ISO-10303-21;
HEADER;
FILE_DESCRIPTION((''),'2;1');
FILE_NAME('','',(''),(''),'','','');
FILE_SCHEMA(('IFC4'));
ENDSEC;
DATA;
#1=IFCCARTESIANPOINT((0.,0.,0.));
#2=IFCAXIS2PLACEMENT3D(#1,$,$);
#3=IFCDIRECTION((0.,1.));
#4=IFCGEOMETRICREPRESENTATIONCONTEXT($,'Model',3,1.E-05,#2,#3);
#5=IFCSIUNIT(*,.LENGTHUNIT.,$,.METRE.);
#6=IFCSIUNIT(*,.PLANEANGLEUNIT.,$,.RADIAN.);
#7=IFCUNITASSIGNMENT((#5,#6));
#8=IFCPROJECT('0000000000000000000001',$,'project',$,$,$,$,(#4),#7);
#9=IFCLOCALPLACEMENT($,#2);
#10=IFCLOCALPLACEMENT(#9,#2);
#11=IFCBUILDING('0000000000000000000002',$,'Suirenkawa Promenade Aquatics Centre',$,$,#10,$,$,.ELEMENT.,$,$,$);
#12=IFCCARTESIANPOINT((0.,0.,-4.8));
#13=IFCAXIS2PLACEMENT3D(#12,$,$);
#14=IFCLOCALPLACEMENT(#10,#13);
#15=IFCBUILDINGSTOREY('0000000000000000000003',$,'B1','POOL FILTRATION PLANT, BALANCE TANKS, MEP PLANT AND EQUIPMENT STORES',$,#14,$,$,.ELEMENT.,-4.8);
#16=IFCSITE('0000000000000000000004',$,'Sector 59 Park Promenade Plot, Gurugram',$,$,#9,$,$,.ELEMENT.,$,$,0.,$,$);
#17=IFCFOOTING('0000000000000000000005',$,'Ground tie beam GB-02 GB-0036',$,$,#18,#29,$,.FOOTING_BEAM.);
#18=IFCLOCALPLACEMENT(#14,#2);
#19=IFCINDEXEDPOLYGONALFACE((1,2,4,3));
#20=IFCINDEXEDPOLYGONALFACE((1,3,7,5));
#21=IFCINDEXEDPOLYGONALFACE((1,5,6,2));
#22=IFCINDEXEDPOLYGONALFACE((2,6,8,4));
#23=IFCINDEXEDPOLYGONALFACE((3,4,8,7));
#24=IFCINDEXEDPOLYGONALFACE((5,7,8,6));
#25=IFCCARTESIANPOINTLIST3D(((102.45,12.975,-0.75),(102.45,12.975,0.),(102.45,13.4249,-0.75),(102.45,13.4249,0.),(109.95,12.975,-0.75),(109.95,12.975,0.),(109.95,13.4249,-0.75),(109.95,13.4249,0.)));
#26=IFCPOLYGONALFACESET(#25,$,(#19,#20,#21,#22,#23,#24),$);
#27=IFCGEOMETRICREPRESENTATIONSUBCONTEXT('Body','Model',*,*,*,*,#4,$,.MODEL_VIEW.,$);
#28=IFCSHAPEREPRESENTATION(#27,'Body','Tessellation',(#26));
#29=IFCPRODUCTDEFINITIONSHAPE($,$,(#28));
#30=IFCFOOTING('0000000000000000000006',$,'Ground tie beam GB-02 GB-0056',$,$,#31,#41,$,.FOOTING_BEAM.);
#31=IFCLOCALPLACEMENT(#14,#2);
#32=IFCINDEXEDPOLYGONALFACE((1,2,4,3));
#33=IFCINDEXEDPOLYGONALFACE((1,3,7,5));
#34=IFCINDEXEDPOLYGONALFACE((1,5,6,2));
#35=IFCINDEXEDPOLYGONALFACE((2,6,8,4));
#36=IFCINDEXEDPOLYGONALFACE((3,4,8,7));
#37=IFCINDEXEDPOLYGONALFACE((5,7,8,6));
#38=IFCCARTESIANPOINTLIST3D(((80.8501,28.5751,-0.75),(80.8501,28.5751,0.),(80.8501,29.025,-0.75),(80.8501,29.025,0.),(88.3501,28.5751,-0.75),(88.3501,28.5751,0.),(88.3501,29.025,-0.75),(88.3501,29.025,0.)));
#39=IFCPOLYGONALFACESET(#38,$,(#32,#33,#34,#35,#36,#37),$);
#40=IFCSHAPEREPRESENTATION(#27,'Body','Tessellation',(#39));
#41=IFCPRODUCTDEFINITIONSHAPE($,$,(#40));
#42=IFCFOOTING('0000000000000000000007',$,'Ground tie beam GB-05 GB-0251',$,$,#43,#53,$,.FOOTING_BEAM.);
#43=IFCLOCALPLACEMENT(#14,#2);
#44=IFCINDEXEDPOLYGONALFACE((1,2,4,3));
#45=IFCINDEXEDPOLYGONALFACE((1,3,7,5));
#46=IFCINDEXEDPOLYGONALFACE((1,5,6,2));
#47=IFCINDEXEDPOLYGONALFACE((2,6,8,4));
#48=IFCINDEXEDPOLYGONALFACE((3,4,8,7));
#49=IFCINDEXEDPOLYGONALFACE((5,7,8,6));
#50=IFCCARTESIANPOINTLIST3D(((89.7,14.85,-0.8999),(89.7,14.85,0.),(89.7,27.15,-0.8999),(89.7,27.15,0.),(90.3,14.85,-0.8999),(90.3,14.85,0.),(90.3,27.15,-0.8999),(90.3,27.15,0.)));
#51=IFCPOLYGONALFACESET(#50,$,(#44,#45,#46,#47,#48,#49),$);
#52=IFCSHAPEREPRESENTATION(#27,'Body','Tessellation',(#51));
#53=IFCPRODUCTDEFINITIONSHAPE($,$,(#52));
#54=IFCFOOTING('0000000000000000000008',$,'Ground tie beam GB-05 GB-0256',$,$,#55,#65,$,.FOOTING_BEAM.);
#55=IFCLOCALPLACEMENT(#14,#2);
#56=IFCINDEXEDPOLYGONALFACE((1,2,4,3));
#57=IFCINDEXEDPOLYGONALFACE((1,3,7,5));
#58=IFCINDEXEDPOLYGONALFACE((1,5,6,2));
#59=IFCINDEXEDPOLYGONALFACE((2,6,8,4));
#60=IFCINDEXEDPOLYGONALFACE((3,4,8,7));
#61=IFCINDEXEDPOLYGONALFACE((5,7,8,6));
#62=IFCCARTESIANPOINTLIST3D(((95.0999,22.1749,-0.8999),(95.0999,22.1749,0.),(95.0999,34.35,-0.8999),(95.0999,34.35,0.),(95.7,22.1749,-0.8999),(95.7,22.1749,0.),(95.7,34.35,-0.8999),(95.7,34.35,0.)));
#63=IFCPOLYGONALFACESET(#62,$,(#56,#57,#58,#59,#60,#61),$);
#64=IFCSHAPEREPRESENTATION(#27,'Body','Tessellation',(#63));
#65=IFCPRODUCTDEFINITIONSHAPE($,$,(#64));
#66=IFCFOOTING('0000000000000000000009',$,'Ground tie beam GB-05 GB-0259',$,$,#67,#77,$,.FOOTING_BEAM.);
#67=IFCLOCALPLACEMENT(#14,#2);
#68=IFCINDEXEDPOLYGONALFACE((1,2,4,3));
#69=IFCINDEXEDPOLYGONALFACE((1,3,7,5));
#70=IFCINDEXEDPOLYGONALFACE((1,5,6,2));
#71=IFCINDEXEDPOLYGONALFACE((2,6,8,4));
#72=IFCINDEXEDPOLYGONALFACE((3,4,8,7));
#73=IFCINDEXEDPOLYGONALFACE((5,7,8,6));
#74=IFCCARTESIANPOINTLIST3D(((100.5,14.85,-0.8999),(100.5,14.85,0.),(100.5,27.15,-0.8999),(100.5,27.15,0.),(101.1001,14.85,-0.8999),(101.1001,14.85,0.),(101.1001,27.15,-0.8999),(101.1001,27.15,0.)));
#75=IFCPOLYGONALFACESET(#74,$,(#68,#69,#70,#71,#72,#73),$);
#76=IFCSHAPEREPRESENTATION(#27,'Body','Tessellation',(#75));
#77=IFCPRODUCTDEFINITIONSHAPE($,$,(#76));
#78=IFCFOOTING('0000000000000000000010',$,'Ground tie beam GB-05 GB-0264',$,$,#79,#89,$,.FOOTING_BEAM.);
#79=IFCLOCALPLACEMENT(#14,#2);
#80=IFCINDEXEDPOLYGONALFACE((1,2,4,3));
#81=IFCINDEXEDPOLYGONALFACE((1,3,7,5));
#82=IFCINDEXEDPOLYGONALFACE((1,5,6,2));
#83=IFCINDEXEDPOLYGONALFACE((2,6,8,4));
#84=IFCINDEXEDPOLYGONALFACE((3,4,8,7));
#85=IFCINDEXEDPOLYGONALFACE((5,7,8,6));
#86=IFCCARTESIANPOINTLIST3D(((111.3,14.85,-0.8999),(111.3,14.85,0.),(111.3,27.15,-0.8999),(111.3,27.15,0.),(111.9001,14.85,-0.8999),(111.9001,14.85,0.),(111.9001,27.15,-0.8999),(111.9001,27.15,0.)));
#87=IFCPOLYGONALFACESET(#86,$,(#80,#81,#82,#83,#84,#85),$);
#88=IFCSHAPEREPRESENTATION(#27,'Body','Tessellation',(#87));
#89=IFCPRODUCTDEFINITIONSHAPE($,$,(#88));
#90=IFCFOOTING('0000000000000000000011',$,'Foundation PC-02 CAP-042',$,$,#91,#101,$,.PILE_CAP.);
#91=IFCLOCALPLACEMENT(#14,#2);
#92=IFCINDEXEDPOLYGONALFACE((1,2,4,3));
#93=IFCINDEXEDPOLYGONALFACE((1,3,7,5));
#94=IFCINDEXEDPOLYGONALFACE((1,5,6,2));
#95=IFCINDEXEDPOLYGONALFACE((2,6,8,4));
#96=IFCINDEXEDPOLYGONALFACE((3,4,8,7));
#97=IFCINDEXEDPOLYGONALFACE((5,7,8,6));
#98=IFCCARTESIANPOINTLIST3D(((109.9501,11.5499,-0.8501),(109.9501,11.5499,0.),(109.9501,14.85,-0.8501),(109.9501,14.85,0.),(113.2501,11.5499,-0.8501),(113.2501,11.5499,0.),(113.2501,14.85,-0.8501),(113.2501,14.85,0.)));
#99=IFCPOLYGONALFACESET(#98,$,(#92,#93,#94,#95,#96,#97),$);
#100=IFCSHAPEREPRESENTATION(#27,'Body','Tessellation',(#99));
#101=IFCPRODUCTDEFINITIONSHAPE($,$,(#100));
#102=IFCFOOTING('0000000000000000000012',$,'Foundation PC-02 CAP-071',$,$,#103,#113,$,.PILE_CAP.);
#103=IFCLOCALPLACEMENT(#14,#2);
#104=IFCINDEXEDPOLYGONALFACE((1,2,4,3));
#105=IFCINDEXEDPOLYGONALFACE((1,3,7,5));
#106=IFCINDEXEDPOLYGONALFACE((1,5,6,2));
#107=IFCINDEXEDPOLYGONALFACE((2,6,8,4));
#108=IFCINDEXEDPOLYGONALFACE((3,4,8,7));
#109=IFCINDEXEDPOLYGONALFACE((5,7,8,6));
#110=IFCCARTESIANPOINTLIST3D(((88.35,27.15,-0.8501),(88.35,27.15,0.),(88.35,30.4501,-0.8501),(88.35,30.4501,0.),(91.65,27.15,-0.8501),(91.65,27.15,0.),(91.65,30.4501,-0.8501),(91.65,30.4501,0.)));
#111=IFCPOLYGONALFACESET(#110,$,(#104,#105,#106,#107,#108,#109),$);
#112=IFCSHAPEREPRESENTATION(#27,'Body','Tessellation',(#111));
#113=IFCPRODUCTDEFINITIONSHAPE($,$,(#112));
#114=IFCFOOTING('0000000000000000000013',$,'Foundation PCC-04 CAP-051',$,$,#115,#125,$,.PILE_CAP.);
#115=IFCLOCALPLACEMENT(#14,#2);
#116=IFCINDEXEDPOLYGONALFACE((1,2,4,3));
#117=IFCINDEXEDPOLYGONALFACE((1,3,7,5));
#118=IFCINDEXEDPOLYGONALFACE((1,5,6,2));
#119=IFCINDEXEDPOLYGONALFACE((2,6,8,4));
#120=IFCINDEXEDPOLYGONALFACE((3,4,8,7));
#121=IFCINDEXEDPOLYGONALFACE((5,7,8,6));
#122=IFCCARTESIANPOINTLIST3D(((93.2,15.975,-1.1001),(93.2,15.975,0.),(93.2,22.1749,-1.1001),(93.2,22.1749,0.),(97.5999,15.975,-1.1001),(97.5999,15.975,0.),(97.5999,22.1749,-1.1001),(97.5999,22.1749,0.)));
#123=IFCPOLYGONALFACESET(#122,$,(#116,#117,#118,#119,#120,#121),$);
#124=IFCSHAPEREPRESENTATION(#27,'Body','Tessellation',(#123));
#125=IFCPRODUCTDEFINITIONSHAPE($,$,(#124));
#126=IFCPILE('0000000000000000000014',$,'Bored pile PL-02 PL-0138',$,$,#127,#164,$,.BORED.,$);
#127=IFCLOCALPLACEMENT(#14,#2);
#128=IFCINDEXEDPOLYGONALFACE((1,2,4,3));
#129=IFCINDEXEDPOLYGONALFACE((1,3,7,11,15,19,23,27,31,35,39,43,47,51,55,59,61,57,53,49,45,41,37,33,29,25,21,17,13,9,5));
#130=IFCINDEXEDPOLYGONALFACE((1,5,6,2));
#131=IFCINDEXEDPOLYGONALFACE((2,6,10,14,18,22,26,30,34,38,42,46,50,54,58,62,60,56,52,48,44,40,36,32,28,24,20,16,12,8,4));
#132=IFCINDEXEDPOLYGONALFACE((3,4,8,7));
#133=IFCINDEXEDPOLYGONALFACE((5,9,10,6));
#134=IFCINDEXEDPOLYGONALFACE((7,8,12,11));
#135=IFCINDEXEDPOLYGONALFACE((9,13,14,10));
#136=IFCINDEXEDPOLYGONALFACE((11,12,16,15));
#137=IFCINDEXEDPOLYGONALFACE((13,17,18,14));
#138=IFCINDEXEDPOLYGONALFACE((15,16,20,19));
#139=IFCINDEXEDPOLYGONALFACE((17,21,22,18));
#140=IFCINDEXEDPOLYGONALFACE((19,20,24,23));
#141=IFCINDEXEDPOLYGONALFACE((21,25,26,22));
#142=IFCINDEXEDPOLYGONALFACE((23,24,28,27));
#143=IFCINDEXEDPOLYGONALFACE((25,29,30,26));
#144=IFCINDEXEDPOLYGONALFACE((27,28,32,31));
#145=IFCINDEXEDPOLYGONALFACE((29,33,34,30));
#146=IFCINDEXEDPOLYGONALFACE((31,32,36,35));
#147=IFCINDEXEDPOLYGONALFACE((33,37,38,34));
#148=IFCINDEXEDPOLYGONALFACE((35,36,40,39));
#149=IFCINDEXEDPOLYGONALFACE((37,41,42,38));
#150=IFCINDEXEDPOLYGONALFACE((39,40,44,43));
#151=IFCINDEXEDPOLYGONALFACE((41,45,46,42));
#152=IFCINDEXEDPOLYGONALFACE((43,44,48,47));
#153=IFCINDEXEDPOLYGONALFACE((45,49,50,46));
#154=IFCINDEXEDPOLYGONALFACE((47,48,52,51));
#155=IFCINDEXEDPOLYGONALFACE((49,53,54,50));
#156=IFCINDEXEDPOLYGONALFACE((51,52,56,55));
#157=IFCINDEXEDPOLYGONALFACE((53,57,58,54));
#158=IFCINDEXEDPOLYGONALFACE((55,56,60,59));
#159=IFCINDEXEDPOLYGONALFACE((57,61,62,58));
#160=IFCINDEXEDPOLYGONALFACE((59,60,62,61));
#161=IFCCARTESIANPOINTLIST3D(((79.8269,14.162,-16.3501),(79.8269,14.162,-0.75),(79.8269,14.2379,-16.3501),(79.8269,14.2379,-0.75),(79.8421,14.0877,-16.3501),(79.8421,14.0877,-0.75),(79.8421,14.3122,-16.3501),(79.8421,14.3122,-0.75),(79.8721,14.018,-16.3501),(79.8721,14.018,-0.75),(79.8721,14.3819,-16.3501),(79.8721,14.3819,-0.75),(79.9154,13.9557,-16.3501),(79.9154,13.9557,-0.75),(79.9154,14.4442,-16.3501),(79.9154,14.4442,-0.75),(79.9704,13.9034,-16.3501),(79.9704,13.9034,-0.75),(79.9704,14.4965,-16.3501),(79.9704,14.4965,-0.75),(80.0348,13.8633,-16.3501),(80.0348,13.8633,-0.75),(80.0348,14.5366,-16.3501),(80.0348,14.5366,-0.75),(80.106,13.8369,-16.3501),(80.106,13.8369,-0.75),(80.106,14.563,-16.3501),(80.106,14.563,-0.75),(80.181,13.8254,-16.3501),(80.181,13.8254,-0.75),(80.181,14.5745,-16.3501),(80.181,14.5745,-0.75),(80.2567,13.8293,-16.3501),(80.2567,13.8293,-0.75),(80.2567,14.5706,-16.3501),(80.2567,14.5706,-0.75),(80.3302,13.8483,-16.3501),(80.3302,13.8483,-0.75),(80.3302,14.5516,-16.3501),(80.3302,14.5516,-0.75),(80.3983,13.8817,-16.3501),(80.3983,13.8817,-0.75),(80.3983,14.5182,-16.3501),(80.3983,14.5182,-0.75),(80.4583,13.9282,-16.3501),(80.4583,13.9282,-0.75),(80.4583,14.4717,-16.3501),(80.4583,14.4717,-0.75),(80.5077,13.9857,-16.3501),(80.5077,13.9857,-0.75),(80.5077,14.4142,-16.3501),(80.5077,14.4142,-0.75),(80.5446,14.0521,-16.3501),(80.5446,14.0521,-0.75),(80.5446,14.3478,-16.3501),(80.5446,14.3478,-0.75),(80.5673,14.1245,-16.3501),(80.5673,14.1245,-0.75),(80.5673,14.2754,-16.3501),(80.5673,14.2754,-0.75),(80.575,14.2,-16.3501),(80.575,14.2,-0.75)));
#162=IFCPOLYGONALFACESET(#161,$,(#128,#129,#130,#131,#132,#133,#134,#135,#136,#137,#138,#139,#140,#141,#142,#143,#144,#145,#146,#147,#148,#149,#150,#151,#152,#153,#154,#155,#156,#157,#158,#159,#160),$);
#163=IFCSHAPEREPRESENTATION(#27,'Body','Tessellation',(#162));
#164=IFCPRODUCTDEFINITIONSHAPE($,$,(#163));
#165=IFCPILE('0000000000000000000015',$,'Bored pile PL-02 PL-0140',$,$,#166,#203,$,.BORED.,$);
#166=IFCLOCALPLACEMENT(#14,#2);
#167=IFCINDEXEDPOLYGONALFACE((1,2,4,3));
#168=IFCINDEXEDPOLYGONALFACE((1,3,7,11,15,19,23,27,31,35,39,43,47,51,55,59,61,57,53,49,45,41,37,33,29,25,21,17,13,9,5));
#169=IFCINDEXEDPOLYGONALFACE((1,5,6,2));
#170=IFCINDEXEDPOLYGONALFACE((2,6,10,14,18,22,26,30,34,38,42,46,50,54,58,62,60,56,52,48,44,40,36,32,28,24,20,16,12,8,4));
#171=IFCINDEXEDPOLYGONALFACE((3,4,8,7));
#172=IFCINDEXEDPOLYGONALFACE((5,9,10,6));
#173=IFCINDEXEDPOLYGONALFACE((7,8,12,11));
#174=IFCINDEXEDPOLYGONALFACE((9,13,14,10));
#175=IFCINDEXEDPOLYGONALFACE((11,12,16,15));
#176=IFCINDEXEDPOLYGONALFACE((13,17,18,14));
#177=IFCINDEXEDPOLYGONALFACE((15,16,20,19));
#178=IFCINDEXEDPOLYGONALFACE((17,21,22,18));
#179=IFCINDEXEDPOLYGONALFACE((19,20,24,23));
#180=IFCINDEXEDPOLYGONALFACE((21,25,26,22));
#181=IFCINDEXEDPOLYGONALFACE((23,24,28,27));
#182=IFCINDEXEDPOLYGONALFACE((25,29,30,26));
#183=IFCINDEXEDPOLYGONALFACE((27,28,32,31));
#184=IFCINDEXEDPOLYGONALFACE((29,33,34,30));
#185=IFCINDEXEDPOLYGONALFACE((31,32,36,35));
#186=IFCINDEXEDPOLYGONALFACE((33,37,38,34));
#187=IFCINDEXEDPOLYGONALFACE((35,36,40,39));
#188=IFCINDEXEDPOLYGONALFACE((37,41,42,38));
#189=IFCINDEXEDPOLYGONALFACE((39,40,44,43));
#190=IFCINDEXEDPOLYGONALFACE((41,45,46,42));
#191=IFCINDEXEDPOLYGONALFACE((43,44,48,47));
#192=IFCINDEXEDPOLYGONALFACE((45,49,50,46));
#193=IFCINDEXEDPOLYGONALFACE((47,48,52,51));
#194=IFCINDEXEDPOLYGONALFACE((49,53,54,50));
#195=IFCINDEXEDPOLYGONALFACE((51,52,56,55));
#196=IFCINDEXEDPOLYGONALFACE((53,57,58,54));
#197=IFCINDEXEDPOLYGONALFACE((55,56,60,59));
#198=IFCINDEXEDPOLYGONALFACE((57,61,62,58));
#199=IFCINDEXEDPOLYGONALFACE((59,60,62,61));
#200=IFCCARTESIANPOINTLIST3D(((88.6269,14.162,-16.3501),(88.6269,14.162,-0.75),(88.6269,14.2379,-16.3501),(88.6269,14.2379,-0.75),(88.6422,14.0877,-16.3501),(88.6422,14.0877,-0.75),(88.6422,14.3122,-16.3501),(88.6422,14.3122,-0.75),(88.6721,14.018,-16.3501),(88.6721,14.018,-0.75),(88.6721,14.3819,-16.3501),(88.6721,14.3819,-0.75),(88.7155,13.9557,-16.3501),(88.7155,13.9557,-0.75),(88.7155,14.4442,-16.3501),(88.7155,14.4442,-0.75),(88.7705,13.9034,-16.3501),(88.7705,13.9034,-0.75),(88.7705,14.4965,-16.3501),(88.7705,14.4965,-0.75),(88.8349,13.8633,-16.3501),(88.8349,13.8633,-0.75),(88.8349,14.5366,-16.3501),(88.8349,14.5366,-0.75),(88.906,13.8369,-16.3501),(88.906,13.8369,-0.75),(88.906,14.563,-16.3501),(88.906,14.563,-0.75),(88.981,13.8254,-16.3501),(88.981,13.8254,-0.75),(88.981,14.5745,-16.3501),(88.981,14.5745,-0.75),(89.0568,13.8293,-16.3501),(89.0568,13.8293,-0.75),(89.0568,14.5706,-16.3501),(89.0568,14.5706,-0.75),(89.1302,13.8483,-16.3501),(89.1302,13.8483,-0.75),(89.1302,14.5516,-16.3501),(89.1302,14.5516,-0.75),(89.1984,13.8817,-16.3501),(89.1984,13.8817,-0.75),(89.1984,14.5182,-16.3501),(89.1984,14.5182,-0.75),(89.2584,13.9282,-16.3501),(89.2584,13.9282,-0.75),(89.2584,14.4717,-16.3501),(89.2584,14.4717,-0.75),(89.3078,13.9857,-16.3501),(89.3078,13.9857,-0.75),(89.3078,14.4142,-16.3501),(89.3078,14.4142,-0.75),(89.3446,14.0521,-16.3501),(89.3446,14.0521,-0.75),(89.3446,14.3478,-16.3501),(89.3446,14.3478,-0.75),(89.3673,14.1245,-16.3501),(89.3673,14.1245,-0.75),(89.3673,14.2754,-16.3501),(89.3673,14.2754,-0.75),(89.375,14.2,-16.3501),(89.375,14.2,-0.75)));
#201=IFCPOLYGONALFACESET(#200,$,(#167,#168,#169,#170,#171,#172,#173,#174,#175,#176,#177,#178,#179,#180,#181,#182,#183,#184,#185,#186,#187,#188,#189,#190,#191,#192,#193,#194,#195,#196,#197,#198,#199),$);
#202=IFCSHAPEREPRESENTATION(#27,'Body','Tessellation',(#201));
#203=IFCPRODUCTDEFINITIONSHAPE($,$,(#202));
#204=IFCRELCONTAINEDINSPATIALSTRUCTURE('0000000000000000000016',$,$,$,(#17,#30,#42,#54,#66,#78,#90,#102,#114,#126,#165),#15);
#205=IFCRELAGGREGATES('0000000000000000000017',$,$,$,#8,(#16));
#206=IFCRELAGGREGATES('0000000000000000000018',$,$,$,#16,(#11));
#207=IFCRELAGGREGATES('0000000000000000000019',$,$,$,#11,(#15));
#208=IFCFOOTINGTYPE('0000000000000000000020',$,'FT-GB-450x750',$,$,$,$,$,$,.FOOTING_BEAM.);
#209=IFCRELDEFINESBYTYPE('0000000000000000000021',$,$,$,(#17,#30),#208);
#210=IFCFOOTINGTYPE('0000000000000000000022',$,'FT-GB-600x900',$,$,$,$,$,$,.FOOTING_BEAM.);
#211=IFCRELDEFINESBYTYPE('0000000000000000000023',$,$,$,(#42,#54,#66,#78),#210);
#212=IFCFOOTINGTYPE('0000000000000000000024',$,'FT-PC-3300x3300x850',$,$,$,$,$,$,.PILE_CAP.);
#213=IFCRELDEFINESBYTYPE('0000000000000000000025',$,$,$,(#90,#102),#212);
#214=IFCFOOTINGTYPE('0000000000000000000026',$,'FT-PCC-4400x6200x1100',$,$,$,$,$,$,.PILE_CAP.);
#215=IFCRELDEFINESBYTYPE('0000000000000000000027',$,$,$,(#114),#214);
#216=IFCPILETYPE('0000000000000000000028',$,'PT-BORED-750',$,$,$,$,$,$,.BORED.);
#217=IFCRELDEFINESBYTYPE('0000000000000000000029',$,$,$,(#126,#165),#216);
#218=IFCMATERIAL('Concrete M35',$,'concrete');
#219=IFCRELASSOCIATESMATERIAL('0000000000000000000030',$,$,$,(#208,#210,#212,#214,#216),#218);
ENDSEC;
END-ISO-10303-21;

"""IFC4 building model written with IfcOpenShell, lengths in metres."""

from ifc_helpers import new_model, si_unit, direction, frame, origin, origin_2d, place, context, subcontext, project, spatial, rectangle, circle, extrude, material, material_profile, profile_set, type_object, element, save


model = new_model("IFC4")

# Units and contexts
model_context = context("Model", 3, precision=1e-05, world=origin(), true_north=direction((0.0, 1.0)))
body_context = subcontext(model_context, "Body", "Model", "MODEL_VIEW")
ifc_project = project(units=[si_unit("LENGTHUNIT", "METRE"), si_unit("PLANEANGLEUNIT", "RADIAN")], contexts=[model_context])

# Site, building, storey
site_placement = place(None, origin())
site = spatial("IfcSite", under=ifc_project, at=site_placement, Name="Sector 59 Park Promenade Plot, Gurugram", CompositionType="ELEMENT", RefElevation=0.0)
building_placement = place(site_placement, origin())
building = spatial("IfcBuilding", under=site, at=building_placement, Name="Suirenkawa Promenade Aquatics Centre", CompositionType="ELEMENT")
storey_placement = place(building_placement, frame((0.0, 0.0, -4.8)))
storey = spatial("IfcBuildingStorey", under=building, at=storey_placement, Name="B1", Description="POOL FILTRATION PLANT, BALANCE TANKS, MEP PLANT AND EQUIPMENT STORES", CompositionType="ELEMENT", Elevation=-4.8)

# Footings
ifc_material_1 = material(Name="Concrete M35", Category="concrete")
footing_type_1 = type_object("IfcFootingType", Name="FT-GB-450x750", PredefinedType="FOOTING_BEAM", material=ifc_material_1)
for number, where, z_axis, x_axis, name in (
    (1, (106.2, 13.2, -0.75), (0.0, 0.0, 1.0), (1.0, 0.0, 0.0), "Ground tie beam GB-02 GB-0036"),
    (2, (84.6001, 28.8, -0.75), (0.0, 0.0, 1.0), (1.0, 0.0, 0.0), "Ground tie beam GB-02 GB-0056"),
):
    element("IfcFooting", number, at=place(storey_placement, frame(where, z_axis=z_axis, x_axis=x_axis)), inside=storey, type_object=footing_type_1, Name=name, PredefinedType="FOOTING_BEAM", context=body_context, shape_type="SweptSolid", body=[
        extrude(rectangle(XDim=7.5, YDim=0.45, at=origin_2d()), origin(), (0.0, 0.0, 1.0), 0.75),
    ])
footing_type_2 = type_object("IfcFootingType", Name="FT-GB-600x900", PredefinedType="FOOTING_BEAM", material=ifc_material_1)
footing_1_placement = place(storey_placement, frame((90.0, 21.0, -0.8999), z_axis=(0.0, 0.0, 1.0), x_axis=(0.0, 1.0, 0.0)))
element("IfcFooting", 3, at=footing_1_placement, inside=storey, type_object=footing_type_2, Name="Ground tie beam GB-05 GB-0251", PredefinedType="FOOTING_BEAM", context=body_context, shape_type="SweptSolid", body=[
    extrude(rectangle(XDim=12.3, YDim=0.6001, at=origin_2d()), origin(), (0.0, 0.0, 1.0), 0.8999),
])
footing_2_placement = place(storey_placement, frame((95.3999, 28.2625, -0.8999), z_axis=(0.0, 0.0, 1.0), x_axis=(0.0, 1.0, 0.0)))
element("IfcFooting", 4, at=footing_2_placement, inside=storey, type_object=footing_type_2, Name="Ground tie beam GB-05 GB-0256", PredefinedType="FOOTING_BEAM", context=body_context, shape_type="SweptSolid", body=[
    extrude(rectangle(XDim=12.175, YDim=0.6001, at=origin_2d()), origin(), (0.0, 0.0, 1.0), 0.8999),
])
for number, where, z_axis, x_axis, name in (
    (5, (100.8, 21.0, -0.8999), (0.0, 0.0, 1.0), (0.0, 1.0, 0.0), "Ground tie beam GB-05 GB-0259"),
    (6, (111.6001, 21.0, -0.8999), (0.0, 0.0, 1.0), (0.0, 1.0, 0.0), "Ground tie beam GB-05 GB-0264"),
):
    element("IfcFooting", number, at=place(storey_placement, frame(where, z_axis=z_axis, x_axis=x_axis)), inside=storey, type_object=footing_type_2, Name=name, PredefinedType="FOOTING_BEAM", context=body_context, shape_type="SweptSolid", body=[
        extrude(rectangle(XDim=12.3, YDim=0.6001, at=origin_2d()), origin(), (0.0, 0.0, 1.0), 0.8999),
    ])
footing_type_3 = type_object("IfcFootingType", Name="FT-PC-3300x3300x850", PredefinedType="PILE_CAP", material=ifc_material_1)
for number, where, z_axis, x_axis, name in (
    (7, (111.6001, 13.2, -0.8501), (0.0, 0.0, 1.0), (1.0, 0.0, 0.0), "Foundation PC-02 CAP-042"),
    (8, (90.0, 28.8, -0.8501), (0.0, 0.0, 1.0), (1.0, 0.0, 0.0), "Foundation PC-02 CAP-071"),
):
    element("IfcFooting", number, at=place(storey_placement, frame(where, z_axis=z_axis, x_axis=x_axis)), inside=storey, type_object=footing_type_3, Name=name, PredefinedType="PILE_CAP", context=body_context, shape_type="SweptSolid", body=[
        extrude(rectangle(XDim=3.3, YDim=3.3, at=origin_2d()), origin(), (0.0, 0.0, 1.0), 0.8501),
    ])
footing_type_4 = type_object("IfcFootingType", Name="FT-PCC-4400x6200x1100", PredefinedType="PILE_CAP", material=ifc_material_1)
footing_3_placement = place(storey_placement, frame((95.3999, 19.075, -1.1001), z_axis=(0.0, 0.0, 1.0), x_axis=(1.0, 0.0, 0.0)))
element("IfcFooting", 9, at=footing_3_placement, inside=storey, type_object=footing_type_4, Name="Foundation PCC-04 CAP-051", PredefinedType="PILE_CAP", context=body_context, shape_type="SweptSolid", body=[
    extrude(rectangle(XDim=4.3999, YDim=6.2, at=origin_2d()), origin(), (0.0, 0.0, 1.0), 1.1001),
])

# Piles
ifc_material_profile_1 = material_profile(ifc_material_1, circle(Radius=0.375, at=origin_2d()), Name="PILE D750", Category="concrete")
ifc_profile_set_1 = profile_set([ifc_material_profile_1], Name="Concrete M35")
pile_type_1 = type_object("IfcPileType", Name="PT-BORED-750", PredefinedType="BORED", material=ifc_profile_set_1)
for number, where, z_axis, x_axis, name in (
    (10, (80.2, 14.2, -0.75), (0.0, 0.0, -1.0), (1.0, 0.0, 0.0), "Bored pile PL-02 PL-0138"),
    (11, (89.0, 14.2, -0.75), (0.0, 0.0, -1.0), (1.0, 0.0, 0.0), "Bored pile PL-02 PL-0140"),
):
    element("IfcPile", number, at=place(storey_placement, frame(where, z_axis=z_axis, x_axis=x_axis)), inside=storey, type_object=pile_type_1, Name=name, PredefinedType="BORED", context=body_context, shape_type="SweptSolid", body=[
        extrude(circle(Radius=0.375, at=origin_2d()), origin(), (0.0, 0.0, 1.0), 15.6001),
    ])

save(model, "model.ifc")
